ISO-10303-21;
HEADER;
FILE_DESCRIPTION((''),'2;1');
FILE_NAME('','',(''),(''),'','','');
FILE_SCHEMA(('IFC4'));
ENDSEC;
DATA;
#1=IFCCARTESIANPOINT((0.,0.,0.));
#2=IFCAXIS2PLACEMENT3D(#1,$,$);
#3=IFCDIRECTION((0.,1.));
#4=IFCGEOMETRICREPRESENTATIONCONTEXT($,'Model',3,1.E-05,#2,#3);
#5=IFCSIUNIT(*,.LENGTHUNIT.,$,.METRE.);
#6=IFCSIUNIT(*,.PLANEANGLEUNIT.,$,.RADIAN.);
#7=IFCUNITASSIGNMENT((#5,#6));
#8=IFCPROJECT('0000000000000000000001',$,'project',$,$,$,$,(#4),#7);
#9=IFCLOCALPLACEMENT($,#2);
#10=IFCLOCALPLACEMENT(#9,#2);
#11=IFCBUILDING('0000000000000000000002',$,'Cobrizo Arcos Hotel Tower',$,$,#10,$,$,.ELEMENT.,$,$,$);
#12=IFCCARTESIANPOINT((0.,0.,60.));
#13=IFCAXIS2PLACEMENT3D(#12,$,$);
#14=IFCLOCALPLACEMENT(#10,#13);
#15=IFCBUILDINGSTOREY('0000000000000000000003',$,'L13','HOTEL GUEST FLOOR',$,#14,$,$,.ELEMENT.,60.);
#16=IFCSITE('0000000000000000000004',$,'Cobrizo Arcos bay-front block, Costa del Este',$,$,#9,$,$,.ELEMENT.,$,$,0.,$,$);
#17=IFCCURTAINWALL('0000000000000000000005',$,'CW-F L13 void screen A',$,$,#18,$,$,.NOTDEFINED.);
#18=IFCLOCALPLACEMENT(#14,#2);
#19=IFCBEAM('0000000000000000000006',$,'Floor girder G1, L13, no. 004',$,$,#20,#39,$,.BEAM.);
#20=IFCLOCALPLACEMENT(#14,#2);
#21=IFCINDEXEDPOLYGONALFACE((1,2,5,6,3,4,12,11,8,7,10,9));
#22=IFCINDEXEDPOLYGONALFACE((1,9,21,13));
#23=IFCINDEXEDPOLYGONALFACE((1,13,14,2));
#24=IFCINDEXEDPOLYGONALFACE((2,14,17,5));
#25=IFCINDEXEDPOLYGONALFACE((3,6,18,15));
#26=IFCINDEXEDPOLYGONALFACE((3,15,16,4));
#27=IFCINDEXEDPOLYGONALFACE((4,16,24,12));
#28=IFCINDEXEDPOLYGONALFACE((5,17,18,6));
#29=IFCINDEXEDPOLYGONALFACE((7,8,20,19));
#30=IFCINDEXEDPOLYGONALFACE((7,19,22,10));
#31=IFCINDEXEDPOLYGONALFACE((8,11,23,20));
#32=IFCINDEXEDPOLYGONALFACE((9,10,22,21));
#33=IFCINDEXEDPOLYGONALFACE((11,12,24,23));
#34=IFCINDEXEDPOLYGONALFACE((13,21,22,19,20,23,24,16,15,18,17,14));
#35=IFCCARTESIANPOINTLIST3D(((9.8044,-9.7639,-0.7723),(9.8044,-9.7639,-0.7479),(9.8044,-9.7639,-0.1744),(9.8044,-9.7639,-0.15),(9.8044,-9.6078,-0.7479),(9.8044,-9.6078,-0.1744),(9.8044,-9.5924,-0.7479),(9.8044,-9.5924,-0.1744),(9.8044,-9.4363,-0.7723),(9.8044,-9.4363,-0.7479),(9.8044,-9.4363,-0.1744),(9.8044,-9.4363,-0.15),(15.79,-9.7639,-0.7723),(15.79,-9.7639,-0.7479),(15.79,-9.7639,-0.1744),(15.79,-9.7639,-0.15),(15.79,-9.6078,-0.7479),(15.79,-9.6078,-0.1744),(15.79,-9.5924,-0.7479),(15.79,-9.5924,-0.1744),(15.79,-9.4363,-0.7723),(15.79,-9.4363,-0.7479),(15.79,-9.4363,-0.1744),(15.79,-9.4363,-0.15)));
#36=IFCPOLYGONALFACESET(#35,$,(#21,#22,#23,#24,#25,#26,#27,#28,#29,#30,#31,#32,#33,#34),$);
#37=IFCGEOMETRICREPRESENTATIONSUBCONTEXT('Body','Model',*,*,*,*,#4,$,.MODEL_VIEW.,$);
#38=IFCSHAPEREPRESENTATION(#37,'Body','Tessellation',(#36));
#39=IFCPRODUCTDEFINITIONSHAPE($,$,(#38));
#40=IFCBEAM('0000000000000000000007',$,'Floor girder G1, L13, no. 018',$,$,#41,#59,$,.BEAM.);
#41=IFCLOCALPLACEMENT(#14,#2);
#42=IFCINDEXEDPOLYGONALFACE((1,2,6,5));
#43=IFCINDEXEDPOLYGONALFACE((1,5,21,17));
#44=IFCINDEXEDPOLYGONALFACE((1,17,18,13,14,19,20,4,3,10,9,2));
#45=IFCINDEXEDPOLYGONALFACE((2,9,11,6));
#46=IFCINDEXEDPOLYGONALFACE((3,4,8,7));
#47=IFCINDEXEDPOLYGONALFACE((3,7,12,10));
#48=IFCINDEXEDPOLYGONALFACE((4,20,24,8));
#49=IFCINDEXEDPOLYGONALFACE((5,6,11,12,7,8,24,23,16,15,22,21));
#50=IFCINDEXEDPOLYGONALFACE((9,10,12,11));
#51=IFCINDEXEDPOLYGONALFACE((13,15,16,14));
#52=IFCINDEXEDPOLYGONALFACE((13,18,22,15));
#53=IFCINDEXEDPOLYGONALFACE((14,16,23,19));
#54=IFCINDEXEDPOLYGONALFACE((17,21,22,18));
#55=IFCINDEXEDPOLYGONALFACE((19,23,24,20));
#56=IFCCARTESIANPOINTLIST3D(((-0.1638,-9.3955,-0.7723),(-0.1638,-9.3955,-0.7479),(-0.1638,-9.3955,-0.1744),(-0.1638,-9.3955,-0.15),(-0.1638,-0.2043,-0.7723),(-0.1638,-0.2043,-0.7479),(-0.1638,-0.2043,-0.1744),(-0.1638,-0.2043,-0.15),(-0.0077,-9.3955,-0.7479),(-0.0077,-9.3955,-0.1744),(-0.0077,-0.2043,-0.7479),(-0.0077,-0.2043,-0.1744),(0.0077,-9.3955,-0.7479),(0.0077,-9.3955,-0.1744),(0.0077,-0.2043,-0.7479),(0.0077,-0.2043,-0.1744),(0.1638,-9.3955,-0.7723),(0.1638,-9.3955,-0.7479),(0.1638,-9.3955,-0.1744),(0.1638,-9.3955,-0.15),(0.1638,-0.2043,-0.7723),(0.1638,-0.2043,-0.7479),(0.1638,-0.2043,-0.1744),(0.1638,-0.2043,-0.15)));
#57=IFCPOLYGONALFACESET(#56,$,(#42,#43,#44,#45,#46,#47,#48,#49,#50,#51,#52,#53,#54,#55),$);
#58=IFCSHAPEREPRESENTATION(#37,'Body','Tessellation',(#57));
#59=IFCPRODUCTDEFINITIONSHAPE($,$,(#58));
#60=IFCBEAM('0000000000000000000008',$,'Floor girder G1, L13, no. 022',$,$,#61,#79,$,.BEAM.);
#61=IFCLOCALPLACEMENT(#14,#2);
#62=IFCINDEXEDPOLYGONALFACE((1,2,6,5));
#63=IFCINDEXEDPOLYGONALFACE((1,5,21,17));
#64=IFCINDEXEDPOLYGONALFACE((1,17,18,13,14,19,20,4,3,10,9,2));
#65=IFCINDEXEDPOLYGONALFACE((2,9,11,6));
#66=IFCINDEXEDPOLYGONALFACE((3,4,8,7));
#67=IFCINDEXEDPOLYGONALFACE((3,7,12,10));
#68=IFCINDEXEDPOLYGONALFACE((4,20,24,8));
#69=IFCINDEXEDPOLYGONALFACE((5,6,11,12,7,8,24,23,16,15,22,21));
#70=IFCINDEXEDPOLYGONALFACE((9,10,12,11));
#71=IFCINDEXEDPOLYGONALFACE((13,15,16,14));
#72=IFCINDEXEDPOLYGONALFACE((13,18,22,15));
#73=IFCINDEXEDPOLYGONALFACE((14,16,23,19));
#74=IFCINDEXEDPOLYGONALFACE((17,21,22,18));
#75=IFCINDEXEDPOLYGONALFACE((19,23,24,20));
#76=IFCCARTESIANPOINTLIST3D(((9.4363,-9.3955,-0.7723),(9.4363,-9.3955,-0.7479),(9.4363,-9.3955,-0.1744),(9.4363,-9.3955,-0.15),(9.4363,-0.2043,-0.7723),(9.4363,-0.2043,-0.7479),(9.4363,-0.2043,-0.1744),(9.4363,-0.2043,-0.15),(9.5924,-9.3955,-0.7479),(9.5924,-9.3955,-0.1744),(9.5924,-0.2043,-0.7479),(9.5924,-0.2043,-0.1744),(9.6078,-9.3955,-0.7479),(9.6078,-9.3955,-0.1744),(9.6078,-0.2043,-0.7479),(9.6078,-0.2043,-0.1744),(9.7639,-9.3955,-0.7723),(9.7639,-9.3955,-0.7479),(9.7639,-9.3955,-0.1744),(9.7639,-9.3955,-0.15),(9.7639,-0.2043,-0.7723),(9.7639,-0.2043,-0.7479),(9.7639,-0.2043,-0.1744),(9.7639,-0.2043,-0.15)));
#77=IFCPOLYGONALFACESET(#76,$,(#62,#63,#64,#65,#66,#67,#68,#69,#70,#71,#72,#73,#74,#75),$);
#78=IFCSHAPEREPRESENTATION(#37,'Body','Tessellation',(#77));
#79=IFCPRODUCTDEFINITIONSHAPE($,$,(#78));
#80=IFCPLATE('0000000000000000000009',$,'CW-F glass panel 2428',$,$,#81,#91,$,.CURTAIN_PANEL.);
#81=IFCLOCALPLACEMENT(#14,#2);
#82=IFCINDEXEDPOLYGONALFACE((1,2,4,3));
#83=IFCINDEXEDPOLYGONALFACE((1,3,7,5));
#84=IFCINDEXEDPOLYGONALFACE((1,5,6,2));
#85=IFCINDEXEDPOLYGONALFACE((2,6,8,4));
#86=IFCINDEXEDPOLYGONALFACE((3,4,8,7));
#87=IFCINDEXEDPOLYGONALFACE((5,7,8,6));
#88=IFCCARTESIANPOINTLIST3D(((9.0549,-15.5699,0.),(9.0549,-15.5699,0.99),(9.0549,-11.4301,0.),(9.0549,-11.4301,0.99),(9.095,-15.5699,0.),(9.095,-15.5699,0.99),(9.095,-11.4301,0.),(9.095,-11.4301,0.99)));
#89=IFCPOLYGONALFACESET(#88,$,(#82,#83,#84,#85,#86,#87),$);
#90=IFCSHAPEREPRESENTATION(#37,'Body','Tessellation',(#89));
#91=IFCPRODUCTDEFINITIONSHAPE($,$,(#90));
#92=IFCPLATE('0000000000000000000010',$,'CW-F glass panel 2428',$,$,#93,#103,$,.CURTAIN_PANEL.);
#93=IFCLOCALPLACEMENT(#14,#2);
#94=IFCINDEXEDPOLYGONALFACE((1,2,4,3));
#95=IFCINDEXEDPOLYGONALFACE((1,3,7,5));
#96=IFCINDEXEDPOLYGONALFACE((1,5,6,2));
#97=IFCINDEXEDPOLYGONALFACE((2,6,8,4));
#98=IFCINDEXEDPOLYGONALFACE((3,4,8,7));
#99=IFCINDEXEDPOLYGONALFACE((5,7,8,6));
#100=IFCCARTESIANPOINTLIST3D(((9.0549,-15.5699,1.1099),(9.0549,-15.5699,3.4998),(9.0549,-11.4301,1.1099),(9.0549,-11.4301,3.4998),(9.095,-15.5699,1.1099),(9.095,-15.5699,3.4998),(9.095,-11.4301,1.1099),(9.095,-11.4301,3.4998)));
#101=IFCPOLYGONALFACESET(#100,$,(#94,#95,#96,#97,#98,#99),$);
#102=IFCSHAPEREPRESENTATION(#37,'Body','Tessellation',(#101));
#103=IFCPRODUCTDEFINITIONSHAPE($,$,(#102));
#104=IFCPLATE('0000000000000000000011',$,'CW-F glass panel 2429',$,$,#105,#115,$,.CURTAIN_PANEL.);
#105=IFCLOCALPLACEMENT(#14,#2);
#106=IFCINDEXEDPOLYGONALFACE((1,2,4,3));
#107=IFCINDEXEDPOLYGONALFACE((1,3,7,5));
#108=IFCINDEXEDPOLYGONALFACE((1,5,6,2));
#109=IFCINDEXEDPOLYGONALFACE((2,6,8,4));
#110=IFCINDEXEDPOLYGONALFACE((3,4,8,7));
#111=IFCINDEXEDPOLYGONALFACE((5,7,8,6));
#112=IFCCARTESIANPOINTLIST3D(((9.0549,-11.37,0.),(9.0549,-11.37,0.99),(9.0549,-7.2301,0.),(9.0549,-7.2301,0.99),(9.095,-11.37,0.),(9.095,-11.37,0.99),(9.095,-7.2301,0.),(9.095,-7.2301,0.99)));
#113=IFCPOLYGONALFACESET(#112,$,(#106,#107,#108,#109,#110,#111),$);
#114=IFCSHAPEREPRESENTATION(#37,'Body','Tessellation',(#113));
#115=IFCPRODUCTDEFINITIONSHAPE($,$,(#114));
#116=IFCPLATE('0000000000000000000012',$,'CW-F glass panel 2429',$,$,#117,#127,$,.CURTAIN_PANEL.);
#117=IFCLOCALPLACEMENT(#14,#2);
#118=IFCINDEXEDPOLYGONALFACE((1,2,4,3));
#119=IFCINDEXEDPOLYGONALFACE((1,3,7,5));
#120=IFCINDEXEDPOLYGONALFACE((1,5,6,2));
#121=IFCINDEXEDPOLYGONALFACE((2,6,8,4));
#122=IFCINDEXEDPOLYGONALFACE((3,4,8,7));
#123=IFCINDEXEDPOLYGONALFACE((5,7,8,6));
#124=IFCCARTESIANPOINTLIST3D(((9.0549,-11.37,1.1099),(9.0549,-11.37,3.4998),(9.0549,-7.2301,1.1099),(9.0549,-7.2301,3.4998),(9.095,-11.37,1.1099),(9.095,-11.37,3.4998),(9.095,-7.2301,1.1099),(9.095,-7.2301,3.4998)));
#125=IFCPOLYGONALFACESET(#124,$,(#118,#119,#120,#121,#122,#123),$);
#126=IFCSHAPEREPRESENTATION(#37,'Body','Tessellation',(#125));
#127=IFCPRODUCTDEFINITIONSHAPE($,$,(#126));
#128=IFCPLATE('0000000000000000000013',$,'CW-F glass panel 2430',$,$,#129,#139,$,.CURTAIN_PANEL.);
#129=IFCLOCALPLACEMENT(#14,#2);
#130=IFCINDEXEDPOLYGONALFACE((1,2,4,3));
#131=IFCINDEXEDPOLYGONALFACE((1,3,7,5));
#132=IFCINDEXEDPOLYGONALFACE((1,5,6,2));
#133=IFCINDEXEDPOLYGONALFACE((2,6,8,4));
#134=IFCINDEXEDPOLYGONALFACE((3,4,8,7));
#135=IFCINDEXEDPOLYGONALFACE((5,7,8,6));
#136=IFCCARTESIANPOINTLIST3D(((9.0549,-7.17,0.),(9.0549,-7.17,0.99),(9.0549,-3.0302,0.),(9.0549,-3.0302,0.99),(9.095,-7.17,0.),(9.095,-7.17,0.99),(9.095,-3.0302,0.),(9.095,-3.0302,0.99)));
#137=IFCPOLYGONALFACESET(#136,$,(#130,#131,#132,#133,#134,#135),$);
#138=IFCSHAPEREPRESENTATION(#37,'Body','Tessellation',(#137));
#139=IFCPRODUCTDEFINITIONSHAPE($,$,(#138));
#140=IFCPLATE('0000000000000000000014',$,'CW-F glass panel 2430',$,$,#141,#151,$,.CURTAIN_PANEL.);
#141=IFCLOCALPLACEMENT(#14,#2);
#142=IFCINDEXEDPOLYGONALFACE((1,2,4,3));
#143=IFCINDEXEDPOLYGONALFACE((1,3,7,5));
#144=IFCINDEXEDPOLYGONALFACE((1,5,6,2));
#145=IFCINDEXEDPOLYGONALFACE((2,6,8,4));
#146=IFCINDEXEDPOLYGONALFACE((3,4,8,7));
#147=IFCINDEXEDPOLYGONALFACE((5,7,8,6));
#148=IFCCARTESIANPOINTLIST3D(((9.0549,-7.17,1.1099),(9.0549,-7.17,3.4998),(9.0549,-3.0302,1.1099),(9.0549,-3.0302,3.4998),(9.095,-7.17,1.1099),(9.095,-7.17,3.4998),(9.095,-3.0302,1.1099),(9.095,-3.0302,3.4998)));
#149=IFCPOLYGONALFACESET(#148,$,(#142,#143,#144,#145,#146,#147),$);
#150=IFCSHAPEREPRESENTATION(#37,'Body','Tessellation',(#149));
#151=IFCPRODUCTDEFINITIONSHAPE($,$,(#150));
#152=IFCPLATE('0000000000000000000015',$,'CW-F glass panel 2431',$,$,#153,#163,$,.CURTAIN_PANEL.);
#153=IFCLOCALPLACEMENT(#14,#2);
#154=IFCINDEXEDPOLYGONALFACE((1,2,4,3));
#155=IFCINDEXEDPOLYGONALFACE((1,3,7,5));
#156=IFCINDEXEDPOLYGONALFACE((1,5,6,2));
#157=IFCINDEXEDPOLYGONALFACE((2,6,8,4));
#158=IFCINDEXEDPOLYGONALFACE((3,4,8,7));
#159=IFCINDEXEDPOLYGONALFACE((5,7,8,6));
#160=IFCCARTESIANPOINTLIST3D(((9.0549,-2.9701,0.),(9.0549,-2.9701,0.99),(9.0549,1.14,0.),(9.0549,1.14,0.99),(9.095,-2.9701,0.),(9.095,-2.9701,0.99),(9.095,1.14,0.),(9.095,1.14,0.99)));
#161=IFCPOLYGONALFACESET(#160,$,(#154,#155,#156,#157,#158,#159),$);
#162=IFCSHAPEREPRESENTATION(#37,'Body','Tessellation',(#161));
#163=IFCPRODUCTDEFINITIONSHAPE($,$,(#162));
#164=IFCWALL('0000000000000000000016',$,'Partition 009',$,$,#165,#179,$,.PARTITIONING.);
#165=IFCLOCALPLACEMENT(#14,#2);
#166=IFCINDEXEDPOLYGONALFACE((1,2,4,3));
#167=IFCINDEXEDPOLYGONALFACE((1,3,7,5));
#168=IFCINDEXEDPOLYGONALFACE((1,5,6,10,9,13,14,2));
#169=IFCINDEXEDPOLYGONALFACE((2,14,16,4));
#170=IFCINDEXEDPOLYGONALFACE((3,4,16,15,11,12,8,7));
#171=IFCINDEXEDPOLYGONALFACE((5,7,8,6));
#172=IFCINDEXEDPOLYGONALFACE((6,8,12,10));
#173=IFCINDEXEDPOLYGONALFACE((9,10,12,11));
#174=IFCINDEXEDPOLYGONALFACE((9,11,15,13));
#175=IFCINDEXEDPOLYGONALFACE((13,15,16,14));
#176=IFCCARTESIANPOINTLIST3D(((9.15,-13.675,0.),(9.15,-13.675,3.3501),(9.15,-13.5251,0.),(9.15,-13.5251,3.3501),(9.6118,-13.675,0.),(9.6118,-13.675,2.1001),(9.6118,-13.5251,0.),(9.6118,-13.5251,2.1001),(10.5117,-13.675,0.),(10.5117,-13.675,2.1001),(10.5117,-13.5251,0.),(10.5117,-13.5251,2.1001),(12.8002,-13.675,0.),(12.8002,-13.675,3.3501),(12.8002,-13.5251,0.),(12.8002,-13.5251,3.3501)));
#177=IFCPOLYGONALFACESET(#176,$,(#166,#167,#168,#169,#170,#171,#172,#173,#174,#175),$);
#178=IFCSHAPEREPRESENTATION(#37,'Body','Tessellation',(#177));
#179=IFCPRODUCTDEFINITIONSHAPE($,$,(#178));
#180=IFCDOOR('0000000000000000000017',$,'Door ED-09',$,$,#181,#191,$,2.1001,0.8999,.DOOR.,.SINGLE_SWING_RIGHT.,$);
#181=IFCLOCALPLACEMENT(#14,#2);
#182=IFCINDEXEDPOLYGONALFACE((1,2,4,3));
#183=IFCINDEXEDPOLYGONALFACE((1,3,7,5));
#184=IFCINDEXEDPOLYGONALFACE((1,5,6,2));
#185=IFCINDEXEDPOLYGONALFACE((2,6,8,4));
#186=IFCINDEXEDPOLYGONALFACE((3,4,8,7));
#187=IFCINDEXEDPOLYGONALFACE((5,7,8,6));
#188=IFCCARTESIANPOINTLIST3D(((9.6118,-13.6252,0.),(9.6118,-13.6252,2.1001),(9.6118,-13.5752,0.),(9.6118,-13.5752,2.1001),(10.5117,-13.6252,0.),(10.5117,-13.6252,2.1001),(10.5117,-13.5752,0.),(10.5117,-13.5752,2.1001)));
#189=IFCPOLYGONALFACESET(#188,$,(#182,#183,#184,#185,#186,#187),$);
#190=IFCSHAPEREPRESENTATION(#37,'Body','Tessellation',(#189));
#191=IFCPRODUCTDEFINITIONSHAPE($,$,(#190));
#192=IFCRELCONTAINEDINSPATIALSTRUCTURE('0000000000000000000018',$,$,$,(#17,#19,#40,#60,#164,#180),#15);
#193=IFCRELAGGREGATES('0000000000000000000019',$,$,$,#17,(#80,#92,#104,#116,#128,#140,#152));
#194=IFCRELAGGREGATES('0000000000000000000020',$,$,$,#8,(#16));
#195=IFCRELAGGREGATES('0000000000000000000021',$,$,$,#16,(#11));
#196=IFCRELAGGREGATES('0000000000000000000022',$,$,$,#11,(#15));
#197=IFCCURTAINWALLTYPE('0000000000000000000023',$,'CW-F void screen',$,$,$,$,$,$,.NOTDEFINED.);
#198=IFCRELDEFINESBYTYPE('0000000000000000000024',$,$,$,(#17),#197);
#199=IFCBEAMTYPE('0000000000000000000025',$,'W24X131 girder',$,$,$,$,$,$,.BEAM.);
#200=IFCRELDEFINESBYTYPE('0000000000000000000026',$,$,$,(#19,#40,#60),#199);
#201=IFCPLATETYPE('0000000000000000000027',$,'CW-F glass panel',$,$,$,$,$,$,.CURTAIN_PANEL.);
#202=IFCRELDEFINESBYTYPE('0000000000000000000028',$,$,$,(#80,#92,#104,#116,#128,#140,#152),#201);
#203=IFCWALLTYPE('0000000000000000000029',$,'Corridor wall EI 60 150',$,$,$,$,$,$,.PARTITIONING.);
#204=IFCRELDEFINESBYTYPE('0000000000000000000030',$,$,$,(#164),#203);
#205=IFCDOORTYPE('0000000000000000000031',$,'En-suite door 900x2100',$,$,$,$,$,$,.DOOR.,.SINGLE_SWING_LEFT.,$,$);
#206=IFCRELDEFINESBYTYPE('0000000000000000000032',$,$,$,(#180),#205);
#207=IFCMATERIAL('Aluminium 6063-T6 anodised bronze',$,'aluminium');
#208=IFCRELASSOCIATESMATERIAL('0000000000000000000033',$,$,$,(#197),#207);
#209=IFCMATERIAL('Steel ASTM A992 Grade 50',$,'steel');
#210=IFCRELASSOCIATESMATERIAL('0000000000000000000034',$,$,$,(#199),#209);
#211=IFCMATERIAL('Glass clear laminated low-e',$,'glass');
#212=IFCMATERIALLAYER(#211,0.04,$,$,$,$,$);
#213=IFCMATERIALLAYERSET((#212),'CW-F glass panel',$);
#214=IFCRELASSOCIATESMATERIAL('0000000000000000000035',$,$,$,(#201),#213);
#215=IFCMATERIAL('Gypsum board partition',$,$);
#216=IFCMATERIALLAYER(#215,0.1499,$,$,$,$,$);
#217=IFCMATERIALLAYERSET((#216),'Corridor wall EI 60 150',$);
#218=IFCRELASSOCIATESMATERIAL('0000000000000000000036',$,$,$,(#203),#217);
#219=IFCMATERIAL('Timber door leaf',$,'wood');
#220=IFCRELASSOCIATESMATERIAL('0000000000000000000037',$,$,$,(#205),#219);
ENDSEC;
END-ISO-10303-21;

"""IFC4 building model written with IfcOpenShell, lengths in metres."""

from ifc_helpers import new_model, si_unit, direction, frame, frame_2d, origin, origin_2d, place, context, subcontext, project, spatial, rectangle, i_section, extrude, material, layer, layer_set, material_profile, profile_set, type_object, element, fill, aggregate, save


model = new_model("IFC4")

# Units and contexts
model_context = context("Model", 3, precision=1e-05, world=origin(), true_north=direction((0.0, 1.0)))
body_context = subcontext(model_context, "Body", "Model", "MODEL_VIEW")
ifc_project = project(units=[si_unit("LENGTHUNIT", "METRE"), si_unit("PLANEANGLEUNIT", "RADIAN")], contexts=[model_context])

# Site, building, storey
site_placement = place(None, origin())
site = spatial("IfcSite", under=ifc_project, at=site_placement, Name="Cobrizo Arcos bay-front block, Costa del Este", CompositionType="ELEMENT", RefElevation=0.0)
building_placement = place(site_placement, origin())
building = spatial("IfcBuilding", under=site, at=building_placement, Name="Cobrizo Arcos Hotel Tower", CompositionType="ELEMENT")
storey_placement = place(building_placement, frame((0.0, 0.0, 60.0)))
storey = spatial("IfcBuildingStorey", under=building, at=storey_placement, Name="L13", Description="HOTEL GUEST FLOOR", CompositionType="ELEMENT", Elevation=60.0)

# Shared definitions
ifc_material_1 = material(Name="Steel ASTM A992 Grade 50", Category="steel")

# Curtain wall
ifc_material_2 = material(Name="Aluminium 6063-T6 anodised bronze", Category="aluminium")
curtain_wall_type = type_object("IfcCurtainWallType", Name="CW-F void screen", PredefinedType="NOTDEFINED", material=ifc_material_2)
curtain_wall_placement = place(storey_placement, origin())
curtain_wall = element("IfcCurtainWall", 1, at=curtain_wall_placement, inside=storey, type_object=curtain_wall_type, Name="CW-F L13 void screen A", PredefinedType="NOTDEFINED")

# Beams
ifc_material_profile_1 = material_profile(ifc_material_1, i_section(OverallWidth=0.3276, OverallDepth=0.6223, WebThickness=0.0154, FlangeThickness=0.0244, at=origin_2d()), Name="W24X131")
ifc_profile_set_1 = profile_set([ifc_material_profile_1], Name="Steel ASTM A992 Grade 50")
beam_type_1 = type_object("IfcBeamType", Name="W24X131 girder", PredefinedType="BEAM", material=ifc_profile_set_1)
beam_1_placement = place(storey_placement, frame((9.8044, -9.6001, -0.4612), z_axis=(1.0, 0.0, 0.0), x_axis=(0.0, 1.0, 0.0)))
element("IfcBeam", 2, at=beam_1_placement, inside=storey, type_object=beam_type_1, Name="Floor girder G1, L13, no. 004", PredefinedType="BEAM", context=body_context, shape_type="SweptSolid", body=[
    extrude(i_section(OverallWidth=0.3276, OverallDepth=0.6223, WebThickness=0.0154, FlangeThickness=0.0244, at=origin_2d()), origin(), (0.0, 0.0, 1.0), 5.9856),
])
for number, where, z_axis, x_axis, name in (
    (3, (0.0, -9.3955, -0.4612), (0.0, 1.0, 0.0), (-1.0, 0.0, 0.0), "Floor girder G1, L13, no. 018"),
    (4, (9.6001, -9.3955, -0.4612), (0.0, 1.0, 0.0), (-1.0, 0.0, 0.0), "Floor girder G1, L13, no. 022"),
):
    element("IfcBeam", number, at=place(storey_placement, frame(where, z_axis=z_axis, x_axis=x_axis)), inside=storey, type_object=beam_type_1, Name=name, PredefinedType="BEAM", context=body_context, shape_type="SweptSolid", body=[
        extrude(i_section(OverallWidth=0.3276, OverallDepth=0.6223, WebThickness=0.0154, FlangeThickness=0.0244, at=origin_2d()), origin(), (0.0, 0.0, 1.0), 9.1912),
    ])

# Plates
ifc_material_3 = material(Name="Glass clear laminated low-e", Category="glass")
ifc_layer_1 = layer(ifc_material_3, 0.04)
ifc_layer_set_1 = layer_set([ifc_layer_1], Name="CW-F glass panel")
plate_type = type_object("IfcPlateType", Name="CW-F glass panel", PredefinedType="CURTAIN_PANEL", material=ifc_layer_set_1)
plate_1_placement = place(storey_placement, frame((9.075, -13.5, 0.0), z_axis=(0.0, 0.0, 1.0), x_axis=(0.0, 1.0, 0.0)))
plate_1 = element("IfcPlate", 5, at=plate_1_placement, type_object=plate_type, Name="CW-F glass panel 2428", PredefinedType="CURTAIN_PANEL", context=body_context, shape_type="SweptSolid", body=[
    extrude(rectangle(XDim=4.1399, YDim=0.04, at=origin_2d()), origin(), (0.0, 0.0, 1.0), 0.99),
])
plate_2_placement = place(storey_placement, frame((9.075, -13.5, 1.1099), z_axis=(0.0, 0.0, 1.0), x_axis=(0.0, 1.0, 0.0)))
plate_2 = element("IfcPlate", 6, at=plate_2_placement, type_object=plate_type, Name="CW-F glass panel 2428", PredefinedType="CURTAIN_PANEL", context=body_context, shape_type="SweptSolid", body=[
    extrude(rectangle(XDim=4.1399, YDim=0.04, at=origin_2d()), origin(), (0.0, 0.0, 1.0), 2.3899),
])
plate_3_placement = place(storey_placement, frame((9.075, -9.3, 0.0), z_axis=(0.0, 0.0, 1.0), x_axis=(0.0, 1.0, 0.0)))
plate_3 = element("IfcPlate", 7, at=plate_3_placement, type_object=plate_type, Name="CW-F glass panel 2429", PredefinedType="CURTAIN_PANEL", context=body_context, shape_type="SweptSolid", body=[
    extrude(rectangle(XDim=4.1399, YDim=0.04, at=origin_2d()), origin(), (0.0, 0.0, 1.0), 0.99),
])
plate_4_placement = place(storey_placement, frame((9.075, -9.3, 1.1099), z_axis=(0.0, 0.0, 1.0), x_axis=(0.0, 1.0, 0.0)))
plate_4 = element("IfcPlate", 8, at=plate_4_placement, type_object=plate_type, Name="CW-F glass panel 2429", PredefinedType="CURTAIN_PANEL", context=body_context, shape_type="SweptSolid", body=[
    extrude(rectangle(XDim=4.1399, YDim=0.04, at=origin_2d()), origin(), (0.0, 0.0, 1.0), 2.3899),
])
plate_5_placement = place(storey_placement, frame((9.075, -5.1001, 0.0), z_axis=(0.0, 0.0, 1.0), x_axis=(0.0, 1.0, 0.0)))
plate_5 = element("IfcPlate", 9, at=plate_5_placement, type_object=plate_type, Name="CW-F glass panel 2430", PredefinedType="CURTAIN_PANEL", context=body_context, shape_type="SweptSolid", body=[
    extrude(rectangle(XDim=4.1399, YDim=0.04, at=origin_2d()), origin(), (0.0, 0.0, 1.0), 0.99),
])
plate_6_placement = place(storey_placement, frame((9.075, -5.1001, 1.1099), z_axis=(0.0, 0.0, 1.0), x_axis=(0.0, 1.0, 0.0)))
plate_6 = element("IfcPlate", 10, at=plate_6_placement, type_object=plate_type, Name="CW-F glass panel 2430", PredefinedType="CURTAIN_PANEL", context=body_context, shape_type="SweptSolid", body=[
    extrude(rectangle(XDim=4.1399, YDim=0.04, at=origin_2d()), origin(), (0.0, 0.0, 1.0), 2.3899),
])
plate_7_placement = place(storey_placement, frame((9.075, -0.915, 0.0), z_axis=(0.0, 0.0, 1.0), x_axis=(0.0, 1.0, 0.0)))
plate_7 = element("IfcPlate", 11, at=plate_7_placement, type_object=plate_type, Name="CW-F glass panel 2431", PredefinedType="CURTAIN_PANEL", context=body_context, shape_type="SweptSolid", body=[
    extrude(rectangle(XDim=4.1101, YDim=0.04, at=origin_2d()), origin(), (0.0, 0.0, 1.0), 0.99),
])
aggregate(curtain_wall, [plate_1, plate_2, plate_3, plate_4, plate_5, plate_6, plate_7])

# Wall, opening, door
ifc_material_4 = material(Name="Gypsum board partition")
ifc_layer_2 = layer(ifc_material_4, 0.1499)
ifc_layer_set_2 = layer_set([ifc_layer_2], Name="Corridor wall EI 60 150")
wall_type_1 = type_object("IfcWallType", Name="Corridor wall EI 60 150", PredefinedType="PARTITIONING", material=ifc_layer_set_2)
wall_1_placement = place(storey_placement, frame((9.1499, -13.6001, 0.0), z_axis=(0.0, 0.0, 1.0), x_axis=(1.0, 0.0, 0.0)))
wall_1 = element("IfcWall", 12, at=wall_1_placement, inside=storey, type_object=wall_type_1, Name="Partition 009", PredefinedType="PARTITIONING", context=body_context, shape_type="SweptSolid", body=[
    extrude(rectangle(XDim=3.6501, YDim=0.1499, at=frame_2d((1.8252, 0.0))), origin(), (0.0, 0.0, 1.0), 3.3501),
])
opening_1_placement = place(wall_1_placement, frame((0.4619, 0.0, 0.0)))
opening_1 = element("IfcOpeningElement", 13, at=opening_1_placement, cuts=wall_1, PredefinedType="OPENING", context=body_context, shape_type="SweptSolid", body=[
    extrude(rectangle(XDim=0.8999, YDim=2.1001, at=frame_2d((0.45, 1.05))), frame((0.0, 0.0869, 0.0), z_axis=(0.0, -1.0, 0.0), x_axis=(1.0, 0.0, 0.0)), (0.0, 0.0, 1.0), 0.1738),
])
ifc_material_5 = material(Name="Timber door leaf", Category="wood")
door_type_1 = type_object("IfcDoorType", Name="En-suite door 900x2100", OperationType="SINGLE_SWING_LEFT", PredefinedType="DOOR", material=ifc_material_5)
door_1_placement = place(opening_1_placement, origin())
door_1 = element("IfcDoor", 14, at=door_1_placement, inside=storey, type_object=door_type_1, Name="Door ED-09", OperationType="SINGLE_SWING_RIGHT", OverallHeight=2.1001, OverallWidth=0.8999, PredefinedType="DOOR", context=body_context, shape_type="SweptSolid", body=[
    extrude(rectangle(XDim=0.8999, YDim=2.1001, at=frame_2d((0.45, 1.05))), frame((0.0, 0.0249, 0.0), z_axis=(0.0, -1.0, 0.0), x_axis=(1.0, 0.0, 0.0)), (0.0, 0.0, 1.0), 0.05),
])
fill(opening_1, door_1)

save(model, "model.ifc")
